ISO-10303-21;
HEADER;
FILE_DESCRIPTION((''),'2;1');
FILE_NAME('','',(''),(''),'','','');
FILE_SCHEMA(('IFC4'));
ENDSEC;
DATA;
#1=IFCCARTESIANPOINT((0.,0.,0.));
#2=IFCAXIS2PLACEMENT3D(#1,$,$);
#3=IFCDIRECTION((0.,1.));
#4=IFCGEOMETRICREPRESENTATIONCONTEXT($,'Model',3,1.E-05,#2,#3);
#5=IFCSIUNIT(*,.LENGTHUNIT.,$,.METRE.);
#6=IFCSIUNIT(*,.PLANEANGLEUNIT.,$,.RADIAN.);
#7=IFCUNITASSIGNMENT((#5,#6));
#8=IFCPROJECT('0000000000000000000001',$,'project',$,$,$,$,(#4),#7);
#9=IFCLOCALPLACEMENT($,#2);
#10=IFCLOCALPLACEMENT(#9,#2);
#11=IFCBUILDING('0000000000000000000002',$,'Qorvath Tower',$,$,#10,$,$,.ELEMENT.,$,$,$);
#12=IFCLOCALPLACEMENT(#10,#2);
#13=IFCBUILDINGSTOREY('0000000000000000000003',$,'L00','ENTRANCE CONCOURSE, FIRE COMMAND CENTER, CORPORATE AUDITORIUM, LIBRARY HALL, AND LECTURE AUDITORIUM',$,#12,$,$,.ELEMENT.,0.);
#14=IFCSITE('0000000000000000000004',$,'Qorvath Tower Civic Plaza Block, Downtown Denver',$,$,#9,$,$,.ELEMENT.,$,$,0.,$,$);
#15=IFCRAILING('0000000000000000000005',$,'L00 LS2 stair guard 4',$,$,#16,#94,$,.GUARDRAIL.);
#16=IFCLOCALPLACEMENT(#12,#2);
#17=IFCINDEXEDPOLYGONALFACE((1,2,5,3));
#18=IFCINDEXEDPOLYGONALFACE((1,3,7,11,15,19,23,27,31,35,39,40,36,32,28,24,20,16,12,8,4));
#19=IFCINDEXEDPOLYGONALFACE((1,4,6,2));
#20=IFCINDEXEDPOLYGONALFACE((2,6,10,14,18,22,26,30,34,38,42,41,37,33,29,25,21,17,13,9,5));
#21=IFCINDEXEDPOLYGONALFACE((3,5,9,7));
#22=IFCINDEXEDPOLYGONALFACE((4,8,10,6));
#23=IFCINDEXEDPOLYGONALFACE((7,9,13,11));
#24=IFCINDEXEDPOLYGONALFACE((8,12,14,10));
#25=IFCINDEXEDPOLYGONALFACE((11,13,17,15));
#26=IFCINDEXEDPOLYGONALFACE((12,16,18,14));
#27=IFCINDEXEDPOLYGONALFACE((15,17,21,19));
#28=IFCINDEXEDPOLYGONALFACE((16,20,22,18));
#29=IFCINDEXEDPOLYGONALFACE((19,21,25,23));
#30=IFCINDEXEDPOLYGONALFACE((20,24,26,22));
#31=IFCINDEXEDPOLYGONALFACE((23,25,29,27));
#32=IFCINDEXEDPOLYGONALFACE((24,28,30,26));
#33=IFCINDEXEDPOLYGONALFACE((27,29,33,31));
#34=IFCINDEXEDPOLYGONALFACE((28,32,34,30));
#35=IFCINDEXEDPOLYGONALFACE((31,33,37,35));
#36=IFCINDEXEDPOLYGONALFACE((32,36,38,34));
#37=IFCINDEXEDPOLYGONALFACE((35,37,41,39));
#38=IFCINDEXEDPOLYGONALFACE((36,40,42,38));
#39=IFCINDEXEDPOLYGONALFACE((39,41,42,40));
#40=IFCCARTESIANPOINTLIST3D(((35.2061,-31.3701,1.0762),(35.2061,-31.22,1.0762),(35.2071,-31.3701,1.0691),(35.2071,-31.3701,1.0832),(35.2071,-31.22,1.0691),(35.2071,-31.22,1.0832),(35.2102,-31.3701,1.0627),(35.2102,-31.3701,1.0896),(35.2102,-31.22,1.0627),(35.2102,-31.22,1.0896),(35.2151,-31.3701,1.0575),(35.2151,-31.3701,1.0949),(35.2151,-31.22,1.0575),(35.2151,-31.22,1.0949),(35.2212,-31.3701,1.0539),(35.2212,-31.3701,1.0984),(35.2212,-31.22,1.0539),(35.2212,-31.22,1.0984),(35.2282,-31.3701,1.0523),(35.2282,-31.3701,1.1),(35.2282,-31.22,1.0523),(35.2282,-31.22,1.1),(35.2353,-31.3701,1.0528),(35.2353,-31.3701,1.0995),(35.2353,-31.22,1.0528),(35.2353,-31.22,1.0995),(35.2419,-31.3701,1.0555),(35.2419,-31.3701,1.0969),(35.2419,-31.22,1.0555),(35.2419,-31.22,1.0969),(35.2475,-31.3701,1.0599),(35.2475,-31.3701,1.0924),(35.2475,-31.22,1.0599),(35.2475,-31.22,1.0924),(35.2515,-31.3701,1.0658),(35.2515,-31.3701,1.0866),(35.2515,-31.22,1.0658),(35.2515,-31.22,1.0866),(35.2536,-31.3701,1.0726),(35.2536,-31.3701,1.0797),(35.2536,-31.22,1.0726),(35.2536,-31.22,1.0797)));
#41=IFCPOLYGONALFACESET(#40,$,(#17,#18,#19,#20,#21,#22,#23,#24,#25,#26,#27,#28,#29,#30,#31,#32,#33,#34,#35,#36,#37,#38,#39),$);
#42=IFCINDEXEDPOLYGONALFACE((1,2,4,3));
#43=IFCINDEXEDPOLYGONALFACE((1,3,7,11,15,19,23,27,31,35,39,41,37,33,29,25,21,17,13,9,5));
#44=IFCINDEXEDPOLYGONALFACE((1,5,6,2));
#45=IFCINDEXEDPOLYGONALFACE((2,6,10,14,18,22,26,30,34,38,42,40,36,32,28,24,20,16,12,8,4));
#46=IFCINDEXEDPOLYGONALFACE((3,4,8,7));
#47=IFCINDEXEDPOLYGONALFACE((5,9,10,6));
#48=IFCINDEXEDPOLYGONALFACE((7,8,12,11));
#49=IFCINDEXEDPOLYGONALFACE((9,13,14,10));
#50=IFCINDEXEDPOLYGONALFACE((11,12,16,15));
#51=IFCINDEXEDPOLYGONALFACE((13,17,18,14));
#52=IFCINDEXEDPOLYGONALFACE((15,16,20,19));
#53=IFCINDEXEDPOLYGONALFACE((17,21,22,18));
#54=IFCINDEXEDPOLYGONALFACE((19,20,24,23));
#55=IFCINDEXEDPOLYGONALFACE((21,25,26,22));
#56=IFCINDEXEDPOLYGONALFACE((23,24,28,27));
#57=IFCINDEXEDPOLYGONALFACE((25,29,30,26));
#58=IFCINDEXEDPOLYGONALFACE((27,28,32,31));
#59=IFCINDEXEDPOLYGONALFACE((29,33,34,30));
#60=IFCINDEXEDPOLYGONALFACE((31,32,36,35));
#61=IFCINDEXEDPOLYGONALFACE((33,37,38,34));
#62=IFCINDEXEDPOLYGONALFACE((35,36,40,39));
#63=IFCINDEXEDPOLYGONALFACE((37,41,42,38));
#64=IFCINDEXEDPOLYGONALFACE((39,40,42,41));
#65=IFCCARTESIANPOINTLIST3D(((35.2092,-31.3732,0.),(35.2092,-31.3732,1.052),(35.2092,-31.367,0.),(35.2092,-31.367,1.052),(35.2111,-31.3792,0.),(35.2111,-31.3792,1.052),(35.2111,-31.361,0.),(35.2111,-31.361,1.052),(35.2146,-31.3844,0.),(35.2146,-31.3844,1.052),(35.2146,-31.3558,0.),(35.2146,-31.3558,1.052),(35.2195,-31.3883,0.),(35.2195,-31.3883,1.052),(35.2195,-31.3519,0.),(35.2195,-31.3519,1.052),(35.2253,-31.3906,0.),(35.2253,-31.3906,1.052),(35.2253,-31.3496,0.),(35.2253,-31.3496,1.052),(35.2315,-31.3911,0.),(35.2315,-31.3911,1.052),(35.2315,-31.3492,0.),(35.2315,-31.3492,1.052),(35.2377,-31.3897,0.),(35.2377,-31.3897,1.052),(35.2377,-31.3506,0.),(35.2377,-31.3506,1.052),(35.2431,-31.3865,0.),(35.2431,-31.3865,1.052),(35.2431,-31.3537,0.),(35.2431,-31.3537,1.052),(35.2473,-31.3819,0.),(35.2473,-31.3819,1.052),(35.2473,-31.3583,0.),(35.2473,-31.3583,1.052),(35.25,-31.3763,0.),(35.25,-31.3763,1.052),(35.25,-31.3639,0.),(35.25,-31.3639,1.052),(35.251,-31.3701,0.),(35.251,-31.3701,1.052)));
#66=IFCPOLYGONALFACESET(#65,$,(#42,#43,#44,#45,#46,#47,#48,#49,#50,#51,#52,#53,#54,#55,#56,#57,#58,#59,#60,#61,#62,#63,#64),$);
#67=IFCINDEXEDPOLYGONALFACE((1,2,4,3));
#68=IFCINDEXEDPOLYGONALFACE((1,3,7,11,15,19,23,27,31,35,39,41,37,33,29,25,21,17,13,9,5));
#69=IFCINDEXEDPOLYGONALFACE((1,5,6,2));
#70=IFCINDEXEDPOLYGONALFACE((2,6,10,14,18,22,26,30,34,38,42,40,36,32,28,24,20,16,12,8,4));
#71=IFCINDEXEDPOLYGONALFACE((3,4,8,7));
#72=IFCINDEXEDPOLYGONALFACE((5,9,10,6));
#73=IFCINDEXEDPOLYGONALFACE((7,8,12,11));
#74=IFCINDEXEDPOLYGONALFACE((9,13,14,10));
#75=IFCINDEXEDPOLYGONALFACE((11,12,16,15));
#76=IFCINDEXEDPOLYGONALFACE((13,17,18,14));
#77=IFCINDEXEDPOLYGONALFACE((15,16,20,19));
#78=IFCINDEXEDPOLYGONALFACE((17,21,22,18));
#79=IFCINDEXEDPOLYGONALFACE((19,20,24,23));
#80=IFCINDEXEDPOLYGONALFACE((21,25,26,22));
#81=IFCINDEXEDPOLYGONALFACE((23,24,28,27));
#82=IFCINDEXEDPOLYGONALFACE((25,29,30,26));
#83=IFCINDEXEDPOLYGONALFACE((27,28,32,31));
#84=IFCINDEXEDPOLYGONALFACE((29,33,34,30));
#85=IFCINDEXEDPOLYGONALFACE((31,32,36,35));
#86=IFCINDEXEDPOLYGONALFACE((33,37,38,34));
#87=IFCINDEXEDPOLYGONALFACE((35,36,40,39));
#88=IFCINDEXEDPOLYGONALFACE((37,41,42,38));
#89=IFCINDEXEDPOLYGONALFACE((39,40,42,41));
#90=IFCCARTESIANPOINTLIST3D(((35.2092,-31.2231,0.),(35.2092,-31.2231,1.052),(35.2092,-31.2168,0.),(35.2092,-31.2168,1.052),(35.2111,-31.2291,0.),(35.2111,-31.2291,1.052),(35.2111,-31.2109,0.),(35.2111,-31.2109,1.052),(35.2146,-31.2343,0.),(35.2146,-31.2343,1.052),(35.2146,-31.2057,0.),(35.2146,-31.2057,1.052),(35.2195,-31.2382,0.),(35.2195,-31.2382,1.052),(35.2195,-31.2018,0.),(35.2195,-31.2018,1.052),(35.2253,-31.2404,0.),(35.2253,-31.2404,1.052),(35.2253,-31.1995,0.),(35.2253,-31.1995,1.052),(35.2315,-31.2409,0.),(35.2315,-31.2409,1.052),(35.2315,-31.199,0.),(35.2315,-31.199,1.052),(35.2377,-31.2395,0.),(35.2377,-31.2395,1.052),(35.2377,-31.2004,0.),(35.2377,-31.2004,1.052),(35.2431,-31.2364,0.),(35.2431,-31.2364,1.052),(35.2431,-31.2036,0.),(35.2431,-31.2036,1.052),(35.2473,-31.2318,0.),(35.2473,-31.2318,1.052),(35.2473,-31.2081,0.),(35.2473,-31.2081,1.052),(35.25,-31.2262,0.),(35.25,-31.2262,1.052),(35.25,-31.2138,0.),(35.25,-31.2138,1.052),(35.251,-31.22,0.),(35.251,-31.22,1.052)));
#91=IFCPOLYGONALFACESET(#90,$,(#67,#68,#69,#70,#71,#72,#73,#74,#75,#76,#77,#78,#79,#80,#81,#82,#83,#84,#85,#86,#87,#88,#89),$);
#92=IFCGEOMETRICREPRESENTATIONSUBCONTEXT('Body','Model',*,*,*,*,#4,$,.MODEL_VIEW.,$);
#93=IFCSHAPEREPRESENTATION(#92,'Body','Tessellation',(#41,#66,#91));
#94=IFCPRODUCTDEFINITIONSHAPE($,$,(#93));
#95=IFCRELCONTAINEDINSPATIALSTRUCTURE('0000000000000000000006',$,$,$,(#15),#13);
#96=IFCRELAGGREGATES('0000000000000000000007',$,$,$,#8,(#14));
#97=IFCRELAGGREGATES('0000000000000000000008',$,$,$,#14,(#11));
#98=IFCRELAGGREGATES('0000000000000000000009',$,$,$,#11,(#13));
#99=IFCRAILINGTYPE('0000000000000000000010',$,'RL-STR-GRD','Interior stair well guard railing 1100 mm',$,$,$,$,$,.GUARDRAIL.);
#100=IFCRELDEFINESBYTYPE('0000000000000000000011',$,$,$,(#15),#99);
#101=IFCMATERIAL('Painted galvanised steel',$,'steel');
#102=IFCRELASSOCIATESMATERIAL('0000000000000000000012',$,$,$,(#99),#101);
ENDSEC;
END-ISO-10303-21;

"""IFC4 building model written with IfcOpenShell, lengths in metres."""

from ifc_helpers import new_model, si_unit, direction, frame, origin, origin_2d, place, context, subcontext, project, spatial, circle, extrude, material, type_object, element, save


model = new_model("IFC4")

# Units and contexts
model_context = context("Model", 3, precision=1e-05, world=origin(), true_north=direction((0.0, 1.0)))
body_context = subcontext(model_context, "Body", "Model", "MODEL_VIEW")
ifc_project = project(units=[si_unit("LENGTHUNIT", "METRE"), si_unit("PLANEANGLEUNIT", "RADIAN")], contexts=[model_context])

# Site, building, storey
site_placement = place(None, origin())
site = spatial("IfcSite", under=ifc_project, at=site_placement, Name="Qorvath Tower Civic Plaza Block, Downtown Denver", CompositionType="ELEMENT", RefElevation=0.0)
building_placement = place(site_placement, origin())
building = spatial("IfcBuilding", under=site, at=building_placement, Name="Qorvath Tower", CompositionType="ELEMENT")
storey_placement = place(building_placement, origin())
storey = spatial("IfcBuildingStorey", under=building, at=storey_placement, Name="L00", Description="ENTRANCE CONCOURSE, FIRE COMMAND CENTER, CORPORATE AUDITORIUM, LIBRARY HALL, AND LECTURE AUDITORIUM", CompositionType="ELEMENT", Elevation=0.0)

# Railing
ifc_material_1 = material(Name="Painted galvanised steel", Category="steel")
railing_type_1 = type_object("IfcRailingType", Name="RL-STR-GRD", Description="Interior stair well guard railing 1100 mm", PredefinedType="GUARDRAIL", material=ifc_material_1)
railing_1_placement = place(storey_placement, frame((35.23, -31.3701, 0.0)))
element("IfcRailing", 1, at=railing_1_placement, inside=storey, type_object=railing_type_1, Name="L00 LS2 stair guard 4", PredefinedType="GUARDRAIL", context=body_context, shape_type="SweptSolid", body=[
    extrude(circle(Radius=0.0239, at=origin_2d()), frame((0.0, 0.0, 1.0762), z_axis=(0.0, 1.0, 0.0), x_axis=(-1.0, 0.0, 0.0)), (0.0, 0.0, 1.0), 0.1501),
    extrude(circle(Radius=0.021, at=origin_2d()), origin(), (0.0, 0.0, 1.0), 1.052),
    extrude(circle(Radius=0.021, at=origin_2d()), frame((0.0, 0.1501, 0.0)), (0.0, 0.0, 1.0), 1.052),
])

save(model, "model.ifc")
